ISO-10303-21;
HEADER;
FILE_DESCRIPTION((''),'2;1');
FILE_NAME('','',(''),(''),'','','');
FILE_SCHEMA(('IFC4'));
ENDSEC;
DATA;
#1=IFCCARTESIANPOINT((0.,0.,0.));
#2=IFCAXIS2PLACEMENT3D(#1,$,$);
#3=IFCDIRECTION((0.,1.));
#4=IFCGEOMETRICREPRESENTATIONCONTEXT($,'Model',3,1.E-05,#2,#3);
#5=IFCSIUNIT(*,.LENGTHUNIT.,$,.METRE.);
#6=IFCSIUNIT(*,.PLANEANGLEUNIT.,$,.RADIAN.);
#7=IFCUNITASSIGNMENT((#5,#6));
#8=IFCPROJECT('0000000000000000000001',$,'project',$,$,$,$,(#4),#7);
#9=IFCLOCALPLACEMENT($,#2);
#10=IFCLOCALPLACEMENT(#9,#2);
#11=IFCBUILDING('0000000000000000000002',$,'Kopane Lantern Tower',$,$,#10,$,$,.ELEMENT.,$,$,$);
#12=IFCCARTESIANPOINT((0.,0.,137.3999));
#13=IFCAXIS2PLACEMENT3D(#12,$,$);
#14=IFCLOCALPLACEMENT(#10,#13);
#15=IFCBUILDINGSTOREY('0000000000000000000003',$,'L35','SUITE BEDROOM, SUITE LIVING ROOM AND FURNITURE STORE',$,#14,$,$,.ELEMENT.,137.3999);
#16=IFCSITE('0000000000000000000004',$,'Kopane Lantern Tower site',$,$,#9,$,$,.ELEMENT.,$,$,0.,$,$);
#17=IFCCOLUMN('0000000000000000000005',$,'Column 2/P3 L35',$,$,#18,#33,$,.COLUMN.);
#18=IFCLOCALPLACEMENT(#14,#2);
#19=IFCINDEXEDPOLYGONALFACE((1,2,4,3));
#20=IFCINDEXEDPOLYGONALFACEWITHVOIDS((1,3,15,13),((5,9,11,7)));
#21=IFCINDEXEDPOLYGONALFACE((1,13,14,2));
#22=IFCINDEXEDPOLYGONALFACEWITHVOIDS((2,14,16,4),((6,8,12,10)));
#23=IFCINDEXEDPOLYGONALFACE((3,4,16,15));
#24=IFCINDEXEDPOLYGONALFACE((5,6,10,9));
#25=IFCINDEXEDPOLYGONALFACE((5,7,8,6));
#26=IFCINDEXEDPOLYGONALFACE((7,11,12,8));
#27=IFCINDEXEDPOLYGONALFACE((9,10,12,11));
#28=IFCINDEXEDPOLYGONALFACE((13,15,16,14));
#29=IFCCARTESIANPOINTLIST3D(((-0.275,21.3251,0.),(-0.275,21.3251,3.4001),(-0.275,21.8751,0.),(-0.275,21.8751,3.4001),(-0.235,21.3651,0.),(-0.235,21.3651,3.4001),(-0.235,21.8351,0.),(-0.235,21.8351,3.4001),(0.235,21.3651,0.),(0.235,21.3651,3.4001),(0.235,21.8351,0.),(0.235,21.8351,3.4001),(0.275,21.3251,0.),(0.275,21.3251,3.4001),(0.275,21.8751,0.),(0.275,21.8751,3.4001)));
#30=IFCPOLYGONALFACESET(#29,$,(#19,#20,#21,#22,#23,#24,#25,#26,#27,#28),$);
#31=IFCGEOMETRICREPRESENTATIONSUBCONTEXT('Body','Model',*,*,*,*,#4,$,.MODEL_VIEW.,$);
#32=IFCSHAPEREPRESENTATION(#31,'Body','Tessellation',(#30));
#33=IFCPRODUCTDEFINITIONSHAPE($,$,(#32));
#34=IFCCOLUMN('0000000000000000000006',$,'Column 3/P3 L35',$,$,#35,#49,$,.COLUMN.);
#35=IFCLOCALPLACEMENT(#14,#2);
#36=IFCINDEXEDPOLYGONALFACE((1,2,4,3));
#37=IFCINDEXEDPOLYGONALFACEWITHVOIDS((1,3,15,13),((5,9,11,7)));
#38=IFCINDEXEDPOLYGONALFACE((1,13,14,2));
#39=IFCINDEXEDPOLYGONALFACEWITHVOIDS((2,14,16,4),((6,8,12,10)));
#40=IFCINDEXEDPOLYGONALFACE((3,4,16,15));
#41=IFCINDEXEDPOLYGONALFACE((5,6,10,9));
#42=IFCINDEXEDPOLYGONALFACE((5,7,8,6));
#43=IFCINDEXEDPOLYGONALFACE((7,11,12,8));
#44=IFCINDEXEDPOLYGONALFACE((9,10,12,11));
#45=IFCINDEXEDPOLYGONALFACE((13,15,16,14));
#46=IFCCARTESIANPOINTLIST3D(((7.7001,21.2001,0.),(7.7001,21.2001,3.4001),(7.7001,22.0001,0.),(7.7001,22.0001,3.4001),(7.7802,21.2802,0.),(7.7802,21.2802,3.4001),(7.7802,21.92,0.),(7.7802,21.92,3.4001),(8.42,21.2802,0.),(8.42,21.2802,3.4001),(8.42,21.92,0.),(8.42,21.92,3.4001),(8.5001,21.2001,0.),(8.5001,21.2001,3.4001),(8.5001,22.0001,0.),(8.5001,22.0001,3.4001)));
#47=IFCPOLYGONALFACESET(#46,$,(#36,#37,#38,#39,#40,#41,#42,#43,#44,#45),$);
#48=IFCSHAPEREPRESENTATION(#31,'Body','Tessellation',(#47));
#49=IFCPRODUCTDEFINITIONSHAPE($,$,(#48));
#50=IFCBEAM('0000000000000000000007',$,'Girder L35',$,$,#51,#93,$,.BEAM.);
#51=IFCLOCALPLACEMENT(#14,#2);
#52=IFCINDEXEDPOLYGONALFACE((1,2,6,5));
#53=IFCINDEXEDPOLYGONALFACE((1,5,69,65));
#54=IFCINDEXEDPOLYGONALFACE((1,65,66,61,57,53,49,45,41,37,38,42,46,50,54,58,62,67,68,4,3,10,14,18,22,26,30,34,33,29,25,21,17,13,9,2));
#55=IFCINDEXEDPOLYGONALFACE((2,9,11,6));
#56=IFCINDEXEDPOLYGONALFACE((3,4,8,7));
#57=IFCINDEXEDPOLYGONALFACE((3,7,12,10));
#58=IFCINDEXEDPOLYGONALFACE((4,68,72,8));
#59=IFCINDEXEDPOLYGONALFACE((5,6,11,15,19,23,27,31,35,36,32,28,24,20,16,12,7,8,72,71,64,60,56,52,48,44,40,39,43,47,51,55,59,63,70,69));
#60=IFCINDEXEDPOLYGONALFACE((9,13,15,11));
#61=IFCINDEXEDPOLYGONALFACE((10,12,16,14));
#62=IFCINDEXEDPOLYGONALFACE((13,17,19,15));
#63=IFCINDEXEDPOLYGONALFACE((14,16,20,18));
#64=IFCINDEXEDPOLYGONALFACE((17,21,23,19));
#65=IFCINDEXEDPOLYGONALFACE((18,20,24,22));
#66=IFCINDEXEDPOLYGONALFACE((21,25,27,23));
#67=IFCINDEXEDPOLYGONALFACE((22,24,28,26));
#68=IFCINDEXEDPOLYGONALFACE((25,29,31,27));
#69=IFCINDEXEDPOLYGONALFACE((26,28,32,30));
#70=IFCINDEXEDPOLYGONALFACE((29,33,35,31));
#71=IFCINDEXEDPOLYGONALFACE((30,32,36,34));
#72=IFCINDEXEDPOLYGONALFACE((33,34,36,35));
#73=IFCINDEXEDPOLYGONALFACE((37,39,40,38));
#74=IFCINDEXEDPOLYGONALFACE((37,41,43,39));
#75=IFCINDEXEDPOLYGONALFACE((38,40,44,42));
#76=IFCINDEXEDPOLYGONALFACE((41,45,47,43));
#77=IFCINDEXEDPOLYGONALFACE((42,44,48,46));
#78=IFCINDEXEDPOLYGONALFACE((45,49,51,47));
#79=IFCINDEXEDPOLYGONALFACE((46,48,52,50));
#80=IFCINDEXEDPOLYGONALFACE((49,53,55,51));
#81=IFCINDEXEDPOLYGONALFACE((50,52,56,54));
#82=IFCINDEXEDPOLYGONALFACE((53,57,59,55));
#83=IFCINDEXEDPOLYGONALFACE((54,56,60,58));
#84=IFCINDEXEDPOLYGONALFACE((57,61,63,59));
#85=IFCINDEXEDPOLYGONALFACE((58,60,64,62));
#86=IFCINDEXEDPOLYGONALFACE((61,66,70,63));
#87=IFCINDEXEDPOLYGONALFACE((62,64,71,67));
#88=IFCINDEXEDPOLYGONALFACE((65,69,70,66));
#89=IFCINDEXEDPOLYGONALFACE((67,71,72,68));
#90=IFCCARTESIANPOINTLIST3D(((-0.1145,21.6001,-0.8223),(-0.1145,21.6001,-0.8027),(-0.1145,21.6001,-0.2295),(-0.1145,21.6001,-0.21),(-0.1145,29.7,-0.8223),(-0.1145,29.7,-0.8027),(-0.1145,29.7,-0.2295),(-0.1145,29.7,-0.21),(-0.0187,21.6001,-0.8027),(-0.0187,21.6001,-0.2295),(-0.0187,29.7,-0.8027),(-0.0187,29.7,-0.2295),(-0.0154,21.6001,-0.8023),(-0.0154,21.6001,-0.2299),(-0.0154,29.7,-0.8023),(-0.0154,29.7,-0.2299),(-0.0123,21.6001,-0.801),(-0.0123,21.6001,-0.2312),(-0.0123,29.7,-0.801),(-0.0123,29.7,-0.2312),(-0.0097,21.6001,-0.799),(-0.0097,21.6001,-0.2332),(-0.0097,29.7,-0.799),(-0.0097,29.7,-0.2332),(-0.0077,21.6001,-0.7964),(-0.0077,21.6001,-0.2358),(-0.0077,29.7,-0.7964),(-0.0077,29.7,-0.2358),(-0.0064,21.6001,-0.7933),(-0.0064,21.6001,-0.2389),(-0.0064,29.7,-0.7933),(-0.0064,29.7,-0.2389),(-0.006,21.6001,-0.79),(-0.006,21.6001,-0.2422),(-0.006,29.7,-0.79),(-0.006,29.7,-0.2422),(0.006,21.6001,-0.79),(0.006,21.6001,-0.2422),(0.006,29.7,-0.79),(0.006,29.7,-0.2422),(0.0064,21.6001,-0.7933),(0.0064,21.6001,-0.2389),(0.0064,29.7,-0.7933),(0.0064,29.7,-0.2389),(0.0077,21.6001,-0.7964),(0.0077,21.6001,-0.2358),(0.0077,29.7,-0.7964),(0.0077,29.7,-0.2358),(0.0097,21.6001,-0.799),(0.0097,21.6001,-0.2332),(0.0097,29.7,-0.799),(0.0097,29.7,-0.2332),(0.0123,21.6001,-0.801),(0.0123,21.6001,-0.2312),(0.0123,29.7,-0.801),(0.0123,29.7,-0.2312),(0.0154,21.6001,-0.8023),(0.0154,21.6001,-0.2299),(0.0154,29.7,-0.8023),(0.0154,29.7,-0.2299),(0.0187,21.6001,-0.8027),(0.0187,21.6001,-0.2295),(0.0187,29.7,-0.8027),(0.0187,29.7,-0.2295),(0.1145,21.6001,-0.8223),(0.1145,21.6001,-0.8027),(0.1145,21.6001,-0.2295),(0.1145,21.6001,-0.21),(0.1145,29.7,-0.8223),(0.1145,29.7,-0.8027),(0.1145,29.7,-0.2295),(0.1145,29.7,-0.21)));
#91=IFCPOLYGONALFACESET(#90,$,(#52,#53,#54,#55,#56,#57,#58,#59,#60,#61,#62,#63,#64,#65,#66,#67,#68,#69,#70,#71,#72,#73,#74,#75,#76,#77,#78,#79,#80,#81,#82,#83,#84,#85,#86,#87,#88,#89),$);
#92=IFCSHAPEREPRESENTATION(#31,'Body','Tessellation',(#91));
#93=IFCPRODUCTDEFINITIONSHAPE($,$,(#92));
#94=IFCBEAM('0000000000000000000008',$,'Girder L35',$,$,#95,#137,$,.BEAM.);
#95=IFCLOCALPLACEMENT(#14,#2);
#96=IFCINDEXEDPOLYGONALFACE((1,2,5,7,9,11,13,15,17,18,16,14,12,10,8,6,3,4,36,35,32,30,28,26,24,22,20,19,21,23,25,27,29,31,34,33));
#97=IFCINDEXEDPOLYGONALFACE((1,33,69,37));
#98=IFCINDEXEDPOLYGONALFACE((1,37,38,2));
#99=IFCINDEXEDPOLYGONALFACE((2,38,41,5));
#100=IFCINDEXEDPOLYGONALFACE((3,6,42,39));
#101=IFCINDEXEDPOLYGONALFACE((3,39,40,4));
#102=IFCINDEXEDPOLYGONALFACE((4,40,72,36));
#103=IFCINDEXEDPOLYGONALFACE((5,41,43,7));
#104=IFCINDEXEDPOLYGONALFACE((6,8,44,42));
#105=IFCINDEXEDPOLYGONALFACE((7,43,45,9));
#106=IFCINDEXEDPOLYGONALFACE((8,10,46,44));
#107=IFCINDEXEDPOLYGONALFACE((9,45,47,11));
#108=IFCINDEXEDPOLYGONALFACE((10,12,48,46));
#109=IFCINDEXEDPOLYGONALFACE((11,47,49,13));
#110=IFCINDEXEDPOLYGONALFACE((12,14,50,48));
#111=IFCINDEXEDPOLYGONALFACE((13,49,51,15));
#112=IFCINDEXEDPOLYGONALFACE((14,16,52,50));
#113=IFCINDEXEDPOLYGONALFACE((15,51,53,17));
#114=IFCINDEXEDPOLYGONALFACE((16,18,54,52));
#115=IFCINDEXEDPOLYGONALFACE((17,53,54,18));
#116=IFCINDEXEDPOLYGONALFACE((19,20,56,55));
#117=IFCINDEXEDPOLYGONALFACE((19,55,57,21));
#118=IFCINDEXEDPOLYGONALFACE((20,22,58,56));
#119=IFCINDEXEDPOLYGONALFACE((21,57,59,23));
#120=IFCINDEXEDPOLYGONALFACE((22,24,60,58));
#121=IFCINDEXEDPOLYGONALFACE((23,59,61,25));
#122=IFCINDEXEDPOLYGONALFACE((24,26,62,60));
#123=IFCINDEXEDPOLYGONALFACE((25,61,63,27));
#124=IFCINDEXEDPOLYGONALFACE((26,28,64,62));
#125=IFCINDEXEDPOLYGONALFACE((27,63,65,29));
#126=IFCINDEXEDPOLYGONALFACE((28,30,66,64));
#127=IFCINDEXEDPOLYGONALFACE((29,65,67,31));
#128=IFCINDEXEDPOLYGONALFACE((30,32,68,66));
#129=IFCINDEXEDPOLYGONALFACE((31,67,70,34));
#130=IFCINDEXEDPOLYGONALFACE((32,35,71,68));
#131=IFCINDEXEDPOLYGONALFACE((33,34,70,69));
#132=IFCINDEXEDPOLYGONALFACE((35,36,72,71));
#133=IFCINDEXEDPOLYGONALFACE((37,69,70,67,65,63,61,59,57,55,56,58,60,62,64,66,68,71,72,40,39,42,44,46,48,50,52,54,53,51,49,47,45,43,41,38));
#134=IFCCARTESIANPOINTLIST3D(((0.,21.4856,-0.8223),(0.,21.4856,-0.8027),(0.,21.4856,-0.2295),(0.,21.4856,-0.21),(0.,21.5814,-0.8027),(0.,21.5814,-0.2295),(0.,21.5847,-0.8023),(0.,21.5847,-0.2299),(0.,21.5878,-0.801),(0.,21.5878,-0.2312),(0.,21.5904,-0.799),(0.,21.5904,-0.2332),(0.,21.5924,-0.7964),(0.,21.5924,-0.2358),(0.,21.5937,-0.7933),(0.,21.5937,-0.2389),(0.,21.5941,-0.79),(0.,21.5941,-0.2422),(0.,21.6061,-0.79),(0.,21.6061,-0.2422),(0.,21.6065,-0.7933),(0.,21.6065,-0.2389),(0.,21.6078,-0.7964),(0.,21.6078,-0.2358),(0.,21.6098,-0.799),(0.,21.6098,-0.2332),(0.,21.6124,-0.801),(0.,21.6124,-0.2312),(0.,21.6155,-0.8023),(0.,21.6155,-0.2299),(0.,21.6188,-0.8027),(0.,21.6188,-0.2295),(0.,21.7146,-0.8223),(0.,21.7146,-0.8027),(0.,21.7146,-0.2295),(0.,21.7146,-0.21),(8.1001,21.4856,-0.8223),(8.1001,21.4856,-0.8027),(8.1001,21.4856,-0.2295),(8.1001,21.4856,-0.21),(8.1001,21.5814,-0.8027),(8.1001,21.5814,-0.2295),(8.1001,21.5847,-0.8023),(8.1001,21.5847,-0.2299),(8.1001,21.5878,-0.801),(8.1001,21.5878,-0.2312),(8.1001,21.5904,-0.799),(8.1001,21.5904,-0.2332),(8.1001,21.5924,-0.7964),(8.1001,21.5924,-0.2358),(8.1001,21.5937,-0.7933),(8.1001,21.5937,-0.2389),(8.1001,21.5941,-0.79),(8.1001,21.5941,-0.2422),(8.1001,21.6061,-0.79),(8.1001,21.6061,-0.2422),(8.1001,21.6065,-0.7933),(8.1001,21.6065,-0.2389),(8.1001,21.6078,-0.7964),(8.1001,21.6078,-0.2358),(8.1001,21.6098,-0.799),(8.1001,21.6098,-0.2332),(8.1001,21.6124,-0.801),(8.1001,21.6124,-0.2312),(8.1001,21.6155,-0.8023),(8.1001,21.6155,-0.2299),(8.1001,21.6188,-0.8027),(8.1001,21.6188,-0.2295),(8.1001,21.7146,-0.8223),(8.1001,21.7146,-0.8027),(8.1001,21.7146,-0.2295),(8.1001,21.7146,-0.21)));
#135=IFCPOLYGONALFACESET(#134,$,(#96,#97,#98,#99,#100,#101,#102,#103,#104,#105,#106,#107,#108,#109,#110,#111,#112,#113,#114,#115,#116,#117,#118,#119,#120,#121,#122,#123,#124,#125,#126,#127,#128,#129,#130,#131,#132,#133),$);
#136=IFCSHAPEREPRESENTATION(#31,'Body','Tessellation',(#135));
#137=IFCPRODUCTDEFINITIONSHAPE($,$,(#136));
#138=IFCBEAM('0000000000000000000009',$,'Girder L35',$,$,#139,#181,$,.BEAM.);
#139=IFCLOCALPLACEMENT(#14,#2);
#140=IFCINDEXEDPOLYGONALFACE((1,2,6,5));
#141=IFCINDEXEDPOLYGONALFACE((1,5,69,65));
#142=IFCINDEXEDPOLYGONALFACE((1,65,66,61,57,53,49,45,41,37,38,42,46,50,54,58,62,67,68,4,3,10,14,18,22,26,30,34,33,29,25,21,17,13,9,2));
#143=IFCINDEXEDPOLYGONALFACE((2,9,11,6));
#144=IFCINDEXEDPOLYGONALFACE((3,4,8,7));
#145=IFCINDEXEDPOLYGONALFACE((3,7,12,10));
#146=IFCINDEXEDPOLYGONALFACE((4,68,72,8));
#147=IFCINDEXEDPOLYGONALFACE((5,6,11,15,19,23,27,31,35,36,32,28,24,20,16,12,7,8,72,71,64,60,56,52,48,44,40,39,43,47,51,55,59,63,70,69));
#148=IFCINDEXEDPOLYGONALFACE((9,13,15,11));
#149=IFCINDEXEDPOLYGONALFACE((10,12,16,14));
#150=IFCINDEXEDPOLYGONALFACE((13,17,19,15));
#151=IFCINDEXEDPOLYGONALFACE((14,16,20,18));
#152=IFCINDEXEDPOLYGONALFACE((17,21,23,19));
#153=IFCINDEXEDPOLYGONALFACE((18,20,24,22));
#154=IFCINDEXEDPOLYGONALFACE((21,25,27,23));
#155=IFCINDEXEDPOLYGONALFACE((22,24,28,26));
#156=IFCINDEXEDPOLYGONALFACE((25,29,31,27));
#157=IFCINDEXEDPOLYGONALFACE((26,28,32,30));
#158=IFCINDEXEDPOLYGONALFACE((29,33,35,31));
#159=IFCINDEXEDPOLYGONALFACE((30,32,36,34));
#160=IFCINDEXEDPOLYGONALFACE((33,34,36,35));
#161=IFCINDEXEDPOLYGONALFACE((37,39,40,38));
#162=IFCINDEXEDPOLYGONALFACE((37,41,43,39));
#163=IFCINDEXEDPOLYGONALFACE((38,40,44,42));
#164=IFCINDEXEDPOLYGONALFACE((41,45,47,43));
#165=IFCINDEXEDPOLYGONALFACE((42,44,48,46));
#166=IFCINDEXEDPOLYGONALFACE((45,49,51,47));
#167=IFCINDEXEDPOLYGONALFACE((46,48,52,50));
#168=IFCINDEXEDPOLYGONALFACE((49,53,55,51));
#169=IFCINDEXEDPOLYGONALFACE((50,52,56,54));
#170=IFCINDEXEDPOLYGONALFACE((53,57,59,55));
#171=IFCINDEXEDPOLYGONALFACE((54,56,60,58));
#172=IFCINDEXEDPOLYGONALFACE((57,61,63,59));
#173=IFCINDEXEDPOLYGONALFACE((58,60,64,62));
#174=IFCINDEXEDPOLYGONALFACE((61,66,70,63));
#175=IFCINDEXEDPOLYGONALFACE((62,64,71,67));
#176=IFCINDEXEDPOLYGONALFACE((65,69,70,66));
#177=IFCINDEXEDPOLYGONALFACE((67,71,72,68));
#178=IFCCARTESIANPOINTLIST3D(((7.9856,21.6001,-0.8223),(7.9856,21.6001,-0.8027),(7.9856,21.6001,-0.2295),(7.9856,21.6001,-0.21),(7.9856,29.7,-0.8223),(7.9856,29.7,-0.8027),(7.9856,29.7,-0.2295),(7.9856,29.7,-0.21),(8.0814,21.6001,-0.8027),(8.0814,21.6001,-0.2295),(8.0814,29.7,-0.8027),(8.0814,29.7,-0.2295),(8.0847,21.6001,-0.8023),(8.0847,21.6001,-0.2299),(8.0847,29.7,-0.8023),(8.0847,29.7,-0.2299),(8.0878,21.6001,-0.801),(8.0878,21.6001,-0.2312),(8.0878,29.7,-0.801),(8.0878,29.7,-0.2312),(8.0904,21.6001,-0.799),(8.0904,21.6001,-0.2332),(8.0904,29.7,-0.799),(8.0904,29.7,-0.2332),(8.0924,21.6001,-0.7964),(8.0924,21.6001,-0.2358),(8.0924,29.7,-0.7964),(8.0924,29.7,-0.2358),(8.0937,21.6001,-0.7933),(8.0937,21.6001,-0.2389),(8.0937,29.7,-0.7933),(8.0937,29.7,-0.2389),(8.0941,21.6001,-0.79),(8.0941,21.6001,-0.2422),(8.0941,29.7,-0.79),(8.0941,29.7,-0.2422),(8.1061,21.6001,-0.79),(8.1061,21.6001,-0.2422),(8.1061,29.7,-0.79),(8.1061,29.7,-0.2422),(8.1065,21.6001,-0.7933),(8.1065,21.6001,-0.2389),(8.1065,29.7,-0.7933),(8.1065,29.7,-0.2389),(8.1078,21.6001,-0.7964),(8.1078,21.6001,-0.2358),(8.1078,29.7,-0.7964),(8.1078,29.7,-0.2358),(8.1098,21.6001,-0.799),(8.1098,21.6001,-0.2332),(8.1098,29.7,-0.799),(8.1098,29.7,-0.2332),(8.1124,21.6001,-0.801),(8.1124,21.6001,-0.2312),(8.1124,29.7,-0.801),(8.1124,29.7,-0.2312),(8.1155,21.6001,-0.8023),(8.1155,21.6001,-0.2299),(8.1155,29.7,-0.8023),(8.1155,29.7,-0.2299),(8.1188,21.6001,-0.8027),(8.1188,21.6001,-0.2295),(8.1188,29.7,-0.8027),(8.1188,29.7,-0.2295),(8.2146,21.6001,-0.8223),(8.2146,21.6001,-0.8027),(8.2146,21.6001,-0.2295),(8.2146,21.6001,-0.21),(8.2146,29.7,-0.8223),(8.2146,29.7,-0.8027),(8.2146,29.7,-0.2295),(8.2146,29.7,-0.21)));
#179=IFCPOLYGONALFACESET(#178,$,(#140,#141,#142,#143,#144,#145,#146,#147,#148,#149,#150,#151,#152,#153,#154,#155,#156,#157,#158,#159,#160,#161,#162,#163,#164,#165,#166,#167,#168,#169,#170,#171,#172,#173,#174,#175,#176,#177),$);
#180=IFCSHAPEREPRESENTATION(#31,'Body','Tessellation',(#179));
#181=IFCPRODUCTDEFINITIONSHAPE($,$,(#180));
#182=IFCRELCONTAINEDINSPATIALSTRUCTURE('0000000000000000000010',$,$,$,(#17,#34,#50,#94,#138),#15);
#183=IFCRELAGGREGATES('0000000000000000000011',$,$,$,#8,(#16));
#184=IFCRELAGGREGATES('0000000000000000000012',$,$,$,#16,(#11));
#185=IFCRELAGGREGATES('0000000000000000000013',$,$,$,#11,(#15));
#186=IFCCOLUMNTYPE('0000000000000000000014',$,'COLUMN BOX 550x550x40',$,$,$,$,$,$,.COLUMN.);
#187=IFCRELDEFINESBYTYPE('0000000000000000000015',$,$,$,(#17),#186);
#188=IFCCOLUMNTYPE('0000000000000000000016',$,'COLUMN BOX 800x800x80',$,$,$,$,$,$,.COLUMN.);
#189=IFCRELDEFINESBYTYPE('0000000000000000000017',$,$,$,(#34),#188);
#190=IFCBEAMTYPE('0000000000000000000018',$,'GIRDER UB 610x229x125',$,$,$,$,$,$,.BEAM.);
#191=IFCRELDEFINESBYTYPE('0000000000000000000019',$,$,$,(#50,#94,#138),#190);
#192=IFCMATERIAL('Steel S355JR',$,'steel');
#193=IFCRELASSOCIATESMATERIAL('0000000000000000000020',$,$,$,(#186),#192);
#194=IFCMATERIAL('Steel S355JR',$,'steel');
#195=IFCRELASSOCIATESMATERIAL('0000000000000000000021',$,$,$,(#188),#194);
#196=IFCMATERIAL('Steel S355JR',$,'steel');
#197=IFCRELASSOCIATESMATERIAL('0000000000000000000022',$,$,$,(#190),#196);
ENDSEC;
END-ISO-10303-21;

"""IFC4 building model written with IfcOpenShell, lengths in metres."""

from ifc_helpers import new_model, si_unit, direction, frame, origin, origin_2d, place, context, subcontext, project, spatial, hollow_rectangle, i_section, extrude, material, material_profile, profile_set, type_object, element, save


model = new_model("IFC4")

# Units and contexts
model_context = context("Model", 3, precision=1e-05, world=origin(), true_north=direction((0.0, 1.0)))
body_context = subcontext(model_context, "Body", "Model", "MODEL_VIEW")
ifc_project = project(units=[si_unit("LENGTHUNIT", "METRE"), si_unit("PLANEANGLEUNIT", "RADIAN")], contexts=[model_context])

# Site, building, storey
site_placement = place(None, origin())
site = spatial("IfcSite", under=ifc_project, at=site_placement, Name="Kopane Lantern Tower site", CompositionType="ELEMENT", RefElevation=0.0)
building_placement = place(site_placement, origin())
building = spatial("IfcBuilding", under=site, at=building_placement, Name="Kopane Lantern Tower", CompositionType="ELEMENT")
storey_placement = place(building_placement, frame((0.0, 0.0, 137.3999)))
storey = spatial("IfcBuildingStorey", under=building, at=storey_placement, Name="L35", Description="SUITE BEDROOM, SUITE LIVING ROOM AND FURNITURE STORE", CompositionType="ELEMENT", Elevation=137.3999)

# Columns
ifc_material_1 = material(Name="Steel S355JR", Category="steel")
ifc_material_profile_1 = material_profile(ifc_material_1, hollow_rectangle(XDim=0.55, YDim=0.55, WallThickness=0.04, at=origin_2d()), Name="BOX 550x550x40")
ifc_profile_set_1 = profile_set([ifc_material_profile_1], Name="Steel S355JR")
column_type_1 = type_object("IfcColumnType", Name="COLUMN BOX 550x550x40", PredefinedType="COLUMN", material=ifc_profile_set_1)
column_1_placement = place(storey_placement, frame((0.0, 21.6001, 0.0), z_axis=(0.0, 0.0, 1.0), x_axis=(1.0, 0.0, 0.0)))
element("IfcColumn", 1, at=column_1_placement, inside=storey, type_object=column_type_1, Name="Column 2/P3 L35", PredefinedType="COLUMN", context=body_context, shape_type="SweptSolid", body=[
    extrude(hollow_rectangle(XDim=0.55, YDim=0.55, WallThickness=0.04, at=origin_2d()), origin(), (0.0, 0.0, 1.0), 3.4001),
])
ifc_material_2 = material(Name="Steel S355JR", Category="steel")
ifc_material_profile_2 = material_profile(ifc_material_2, hollow_rectangle(XDim=0.8, YDim=0.8, WallThickness=0.0801, at=origin_2d()), Name="BOX 800x800x80")
ifc_profile_set_2 = profile_set([ifc_material_profile_2], Name="Steel S355JR")
column_type_2 = type_object("IfcColumnType", Name="COLUMN BOX 800x800x80", PredefinedType="COLUMN", material=ifc_profile_set_2)
column_2_placement = place(storey_placement, frame((8.1001, 21.6001, 0.0), z_axis=(0.0, 0.0, 1.0), x_axis=(1.0, 0.0, 0.0)))
element("IfcColumn", 2, at=column_2_placement, inside=storey, type_object=column_type_2, Name="Column 3/P3 L35", PredefinedType="COLUMN", context=body_context, shape_type="SweptSolid", body=[
    extrude(hollow_rectangle(XDim=0.8, YDim=0.8, WallThickness=0.0801, at=origin_2d()), origin(), (0.0, 0.0, 1.0), 3.4001),
])

# Beams
ifc_material_3 = material(Name="Steel S355JR", Category="steel")
ifc_material_profile_3 = material_profile(ifc_material_3, i_section(OverallWidth=0.229, OverallDepth=0.6123, WebThickness=0.012, FlangeThickness=0.0195, FilletRadius=0.0127, at=origin_2d()), Name="UB 610x229x125")
ifc_profile_set_3 = profile_set([ifc_material_profile_3], Name="Steel S355JR")
beam_type = type_object("IfcBeamType", Name="GIRDER UB 610x229x125", PredefinedType="BEAM", material=ifc_profile_set_3)
beam_1_placement = place(storey_placement, frame((0.0, 21.6001, -0.5161), z_axis=(0.0, 1.0, 0.0), x_axis=(-1.0, 0.0, 0.0)))
element("IfcBeam", 3, at=beam_1_placement, inside=storey, type_object=beam_type, Name="Girder L35", PredefinedType="BEAM", context=body_context, shape_type="SweptSolid", body=[
    extrude(i_section(OverallWidth=0.229, OverallDepth=0.6123, WebThickness=0.012, FlangeThickness=0.0195, FilletRadius=0.0127, at=origin_2d()), origin(), (0.0, 0.0, 1.0), 8.0999),
])
beam_2_placement = place(storey_placement, frame((0.0, 21.6001, -0.5161), z_axis=(1.0, 0.0, 0.0), x_axis=(0.0, 1.0, 0.0)))
element("IfcBeam", 4, at=beam_2_placement, inside=storey, type_object=beam_type, Name="Girder L35", PredefinedType="BEAM", context=body_context, shape_type="SweptSolid", body=[
    extrude(i_section(OverallWidth=0.229, OverallDepth=0.6123, WebThickness=0.012, FlangeThickness=0.0195, FilletRadius=0.0127, at=origin_2d()), origin(), (0.0, 0.0, 1.0), 8.1001),
])
for number, where, z_axis, x_axis, name in (
    (5, (8.1001, 21.6001, -0.5161), (0.0, 1.0, 0.0), (-1.0, 0.0, 0.0), "Girder L35"),
):
    element("IfcBeam", number, at=place(storey_placement, frame(where, z_axis=z_axis, x_axis=x_axis)), inside=storey, type_object=beam_type, Name=name, PredefinedType="BEAM", context=body_context, shape_type="SweptSolid", body=[
        extrude(i_section(OverallWidth=0.229, OverallDepth=0.6123, WebThickness=0.012, FlangeThickness=0.0195, FilletRadius=0.0127, at=origin_2d()), origin(), (0.0, 0.0, 1.0), 8.0999),
    ])

save(model, "model.ifc")
